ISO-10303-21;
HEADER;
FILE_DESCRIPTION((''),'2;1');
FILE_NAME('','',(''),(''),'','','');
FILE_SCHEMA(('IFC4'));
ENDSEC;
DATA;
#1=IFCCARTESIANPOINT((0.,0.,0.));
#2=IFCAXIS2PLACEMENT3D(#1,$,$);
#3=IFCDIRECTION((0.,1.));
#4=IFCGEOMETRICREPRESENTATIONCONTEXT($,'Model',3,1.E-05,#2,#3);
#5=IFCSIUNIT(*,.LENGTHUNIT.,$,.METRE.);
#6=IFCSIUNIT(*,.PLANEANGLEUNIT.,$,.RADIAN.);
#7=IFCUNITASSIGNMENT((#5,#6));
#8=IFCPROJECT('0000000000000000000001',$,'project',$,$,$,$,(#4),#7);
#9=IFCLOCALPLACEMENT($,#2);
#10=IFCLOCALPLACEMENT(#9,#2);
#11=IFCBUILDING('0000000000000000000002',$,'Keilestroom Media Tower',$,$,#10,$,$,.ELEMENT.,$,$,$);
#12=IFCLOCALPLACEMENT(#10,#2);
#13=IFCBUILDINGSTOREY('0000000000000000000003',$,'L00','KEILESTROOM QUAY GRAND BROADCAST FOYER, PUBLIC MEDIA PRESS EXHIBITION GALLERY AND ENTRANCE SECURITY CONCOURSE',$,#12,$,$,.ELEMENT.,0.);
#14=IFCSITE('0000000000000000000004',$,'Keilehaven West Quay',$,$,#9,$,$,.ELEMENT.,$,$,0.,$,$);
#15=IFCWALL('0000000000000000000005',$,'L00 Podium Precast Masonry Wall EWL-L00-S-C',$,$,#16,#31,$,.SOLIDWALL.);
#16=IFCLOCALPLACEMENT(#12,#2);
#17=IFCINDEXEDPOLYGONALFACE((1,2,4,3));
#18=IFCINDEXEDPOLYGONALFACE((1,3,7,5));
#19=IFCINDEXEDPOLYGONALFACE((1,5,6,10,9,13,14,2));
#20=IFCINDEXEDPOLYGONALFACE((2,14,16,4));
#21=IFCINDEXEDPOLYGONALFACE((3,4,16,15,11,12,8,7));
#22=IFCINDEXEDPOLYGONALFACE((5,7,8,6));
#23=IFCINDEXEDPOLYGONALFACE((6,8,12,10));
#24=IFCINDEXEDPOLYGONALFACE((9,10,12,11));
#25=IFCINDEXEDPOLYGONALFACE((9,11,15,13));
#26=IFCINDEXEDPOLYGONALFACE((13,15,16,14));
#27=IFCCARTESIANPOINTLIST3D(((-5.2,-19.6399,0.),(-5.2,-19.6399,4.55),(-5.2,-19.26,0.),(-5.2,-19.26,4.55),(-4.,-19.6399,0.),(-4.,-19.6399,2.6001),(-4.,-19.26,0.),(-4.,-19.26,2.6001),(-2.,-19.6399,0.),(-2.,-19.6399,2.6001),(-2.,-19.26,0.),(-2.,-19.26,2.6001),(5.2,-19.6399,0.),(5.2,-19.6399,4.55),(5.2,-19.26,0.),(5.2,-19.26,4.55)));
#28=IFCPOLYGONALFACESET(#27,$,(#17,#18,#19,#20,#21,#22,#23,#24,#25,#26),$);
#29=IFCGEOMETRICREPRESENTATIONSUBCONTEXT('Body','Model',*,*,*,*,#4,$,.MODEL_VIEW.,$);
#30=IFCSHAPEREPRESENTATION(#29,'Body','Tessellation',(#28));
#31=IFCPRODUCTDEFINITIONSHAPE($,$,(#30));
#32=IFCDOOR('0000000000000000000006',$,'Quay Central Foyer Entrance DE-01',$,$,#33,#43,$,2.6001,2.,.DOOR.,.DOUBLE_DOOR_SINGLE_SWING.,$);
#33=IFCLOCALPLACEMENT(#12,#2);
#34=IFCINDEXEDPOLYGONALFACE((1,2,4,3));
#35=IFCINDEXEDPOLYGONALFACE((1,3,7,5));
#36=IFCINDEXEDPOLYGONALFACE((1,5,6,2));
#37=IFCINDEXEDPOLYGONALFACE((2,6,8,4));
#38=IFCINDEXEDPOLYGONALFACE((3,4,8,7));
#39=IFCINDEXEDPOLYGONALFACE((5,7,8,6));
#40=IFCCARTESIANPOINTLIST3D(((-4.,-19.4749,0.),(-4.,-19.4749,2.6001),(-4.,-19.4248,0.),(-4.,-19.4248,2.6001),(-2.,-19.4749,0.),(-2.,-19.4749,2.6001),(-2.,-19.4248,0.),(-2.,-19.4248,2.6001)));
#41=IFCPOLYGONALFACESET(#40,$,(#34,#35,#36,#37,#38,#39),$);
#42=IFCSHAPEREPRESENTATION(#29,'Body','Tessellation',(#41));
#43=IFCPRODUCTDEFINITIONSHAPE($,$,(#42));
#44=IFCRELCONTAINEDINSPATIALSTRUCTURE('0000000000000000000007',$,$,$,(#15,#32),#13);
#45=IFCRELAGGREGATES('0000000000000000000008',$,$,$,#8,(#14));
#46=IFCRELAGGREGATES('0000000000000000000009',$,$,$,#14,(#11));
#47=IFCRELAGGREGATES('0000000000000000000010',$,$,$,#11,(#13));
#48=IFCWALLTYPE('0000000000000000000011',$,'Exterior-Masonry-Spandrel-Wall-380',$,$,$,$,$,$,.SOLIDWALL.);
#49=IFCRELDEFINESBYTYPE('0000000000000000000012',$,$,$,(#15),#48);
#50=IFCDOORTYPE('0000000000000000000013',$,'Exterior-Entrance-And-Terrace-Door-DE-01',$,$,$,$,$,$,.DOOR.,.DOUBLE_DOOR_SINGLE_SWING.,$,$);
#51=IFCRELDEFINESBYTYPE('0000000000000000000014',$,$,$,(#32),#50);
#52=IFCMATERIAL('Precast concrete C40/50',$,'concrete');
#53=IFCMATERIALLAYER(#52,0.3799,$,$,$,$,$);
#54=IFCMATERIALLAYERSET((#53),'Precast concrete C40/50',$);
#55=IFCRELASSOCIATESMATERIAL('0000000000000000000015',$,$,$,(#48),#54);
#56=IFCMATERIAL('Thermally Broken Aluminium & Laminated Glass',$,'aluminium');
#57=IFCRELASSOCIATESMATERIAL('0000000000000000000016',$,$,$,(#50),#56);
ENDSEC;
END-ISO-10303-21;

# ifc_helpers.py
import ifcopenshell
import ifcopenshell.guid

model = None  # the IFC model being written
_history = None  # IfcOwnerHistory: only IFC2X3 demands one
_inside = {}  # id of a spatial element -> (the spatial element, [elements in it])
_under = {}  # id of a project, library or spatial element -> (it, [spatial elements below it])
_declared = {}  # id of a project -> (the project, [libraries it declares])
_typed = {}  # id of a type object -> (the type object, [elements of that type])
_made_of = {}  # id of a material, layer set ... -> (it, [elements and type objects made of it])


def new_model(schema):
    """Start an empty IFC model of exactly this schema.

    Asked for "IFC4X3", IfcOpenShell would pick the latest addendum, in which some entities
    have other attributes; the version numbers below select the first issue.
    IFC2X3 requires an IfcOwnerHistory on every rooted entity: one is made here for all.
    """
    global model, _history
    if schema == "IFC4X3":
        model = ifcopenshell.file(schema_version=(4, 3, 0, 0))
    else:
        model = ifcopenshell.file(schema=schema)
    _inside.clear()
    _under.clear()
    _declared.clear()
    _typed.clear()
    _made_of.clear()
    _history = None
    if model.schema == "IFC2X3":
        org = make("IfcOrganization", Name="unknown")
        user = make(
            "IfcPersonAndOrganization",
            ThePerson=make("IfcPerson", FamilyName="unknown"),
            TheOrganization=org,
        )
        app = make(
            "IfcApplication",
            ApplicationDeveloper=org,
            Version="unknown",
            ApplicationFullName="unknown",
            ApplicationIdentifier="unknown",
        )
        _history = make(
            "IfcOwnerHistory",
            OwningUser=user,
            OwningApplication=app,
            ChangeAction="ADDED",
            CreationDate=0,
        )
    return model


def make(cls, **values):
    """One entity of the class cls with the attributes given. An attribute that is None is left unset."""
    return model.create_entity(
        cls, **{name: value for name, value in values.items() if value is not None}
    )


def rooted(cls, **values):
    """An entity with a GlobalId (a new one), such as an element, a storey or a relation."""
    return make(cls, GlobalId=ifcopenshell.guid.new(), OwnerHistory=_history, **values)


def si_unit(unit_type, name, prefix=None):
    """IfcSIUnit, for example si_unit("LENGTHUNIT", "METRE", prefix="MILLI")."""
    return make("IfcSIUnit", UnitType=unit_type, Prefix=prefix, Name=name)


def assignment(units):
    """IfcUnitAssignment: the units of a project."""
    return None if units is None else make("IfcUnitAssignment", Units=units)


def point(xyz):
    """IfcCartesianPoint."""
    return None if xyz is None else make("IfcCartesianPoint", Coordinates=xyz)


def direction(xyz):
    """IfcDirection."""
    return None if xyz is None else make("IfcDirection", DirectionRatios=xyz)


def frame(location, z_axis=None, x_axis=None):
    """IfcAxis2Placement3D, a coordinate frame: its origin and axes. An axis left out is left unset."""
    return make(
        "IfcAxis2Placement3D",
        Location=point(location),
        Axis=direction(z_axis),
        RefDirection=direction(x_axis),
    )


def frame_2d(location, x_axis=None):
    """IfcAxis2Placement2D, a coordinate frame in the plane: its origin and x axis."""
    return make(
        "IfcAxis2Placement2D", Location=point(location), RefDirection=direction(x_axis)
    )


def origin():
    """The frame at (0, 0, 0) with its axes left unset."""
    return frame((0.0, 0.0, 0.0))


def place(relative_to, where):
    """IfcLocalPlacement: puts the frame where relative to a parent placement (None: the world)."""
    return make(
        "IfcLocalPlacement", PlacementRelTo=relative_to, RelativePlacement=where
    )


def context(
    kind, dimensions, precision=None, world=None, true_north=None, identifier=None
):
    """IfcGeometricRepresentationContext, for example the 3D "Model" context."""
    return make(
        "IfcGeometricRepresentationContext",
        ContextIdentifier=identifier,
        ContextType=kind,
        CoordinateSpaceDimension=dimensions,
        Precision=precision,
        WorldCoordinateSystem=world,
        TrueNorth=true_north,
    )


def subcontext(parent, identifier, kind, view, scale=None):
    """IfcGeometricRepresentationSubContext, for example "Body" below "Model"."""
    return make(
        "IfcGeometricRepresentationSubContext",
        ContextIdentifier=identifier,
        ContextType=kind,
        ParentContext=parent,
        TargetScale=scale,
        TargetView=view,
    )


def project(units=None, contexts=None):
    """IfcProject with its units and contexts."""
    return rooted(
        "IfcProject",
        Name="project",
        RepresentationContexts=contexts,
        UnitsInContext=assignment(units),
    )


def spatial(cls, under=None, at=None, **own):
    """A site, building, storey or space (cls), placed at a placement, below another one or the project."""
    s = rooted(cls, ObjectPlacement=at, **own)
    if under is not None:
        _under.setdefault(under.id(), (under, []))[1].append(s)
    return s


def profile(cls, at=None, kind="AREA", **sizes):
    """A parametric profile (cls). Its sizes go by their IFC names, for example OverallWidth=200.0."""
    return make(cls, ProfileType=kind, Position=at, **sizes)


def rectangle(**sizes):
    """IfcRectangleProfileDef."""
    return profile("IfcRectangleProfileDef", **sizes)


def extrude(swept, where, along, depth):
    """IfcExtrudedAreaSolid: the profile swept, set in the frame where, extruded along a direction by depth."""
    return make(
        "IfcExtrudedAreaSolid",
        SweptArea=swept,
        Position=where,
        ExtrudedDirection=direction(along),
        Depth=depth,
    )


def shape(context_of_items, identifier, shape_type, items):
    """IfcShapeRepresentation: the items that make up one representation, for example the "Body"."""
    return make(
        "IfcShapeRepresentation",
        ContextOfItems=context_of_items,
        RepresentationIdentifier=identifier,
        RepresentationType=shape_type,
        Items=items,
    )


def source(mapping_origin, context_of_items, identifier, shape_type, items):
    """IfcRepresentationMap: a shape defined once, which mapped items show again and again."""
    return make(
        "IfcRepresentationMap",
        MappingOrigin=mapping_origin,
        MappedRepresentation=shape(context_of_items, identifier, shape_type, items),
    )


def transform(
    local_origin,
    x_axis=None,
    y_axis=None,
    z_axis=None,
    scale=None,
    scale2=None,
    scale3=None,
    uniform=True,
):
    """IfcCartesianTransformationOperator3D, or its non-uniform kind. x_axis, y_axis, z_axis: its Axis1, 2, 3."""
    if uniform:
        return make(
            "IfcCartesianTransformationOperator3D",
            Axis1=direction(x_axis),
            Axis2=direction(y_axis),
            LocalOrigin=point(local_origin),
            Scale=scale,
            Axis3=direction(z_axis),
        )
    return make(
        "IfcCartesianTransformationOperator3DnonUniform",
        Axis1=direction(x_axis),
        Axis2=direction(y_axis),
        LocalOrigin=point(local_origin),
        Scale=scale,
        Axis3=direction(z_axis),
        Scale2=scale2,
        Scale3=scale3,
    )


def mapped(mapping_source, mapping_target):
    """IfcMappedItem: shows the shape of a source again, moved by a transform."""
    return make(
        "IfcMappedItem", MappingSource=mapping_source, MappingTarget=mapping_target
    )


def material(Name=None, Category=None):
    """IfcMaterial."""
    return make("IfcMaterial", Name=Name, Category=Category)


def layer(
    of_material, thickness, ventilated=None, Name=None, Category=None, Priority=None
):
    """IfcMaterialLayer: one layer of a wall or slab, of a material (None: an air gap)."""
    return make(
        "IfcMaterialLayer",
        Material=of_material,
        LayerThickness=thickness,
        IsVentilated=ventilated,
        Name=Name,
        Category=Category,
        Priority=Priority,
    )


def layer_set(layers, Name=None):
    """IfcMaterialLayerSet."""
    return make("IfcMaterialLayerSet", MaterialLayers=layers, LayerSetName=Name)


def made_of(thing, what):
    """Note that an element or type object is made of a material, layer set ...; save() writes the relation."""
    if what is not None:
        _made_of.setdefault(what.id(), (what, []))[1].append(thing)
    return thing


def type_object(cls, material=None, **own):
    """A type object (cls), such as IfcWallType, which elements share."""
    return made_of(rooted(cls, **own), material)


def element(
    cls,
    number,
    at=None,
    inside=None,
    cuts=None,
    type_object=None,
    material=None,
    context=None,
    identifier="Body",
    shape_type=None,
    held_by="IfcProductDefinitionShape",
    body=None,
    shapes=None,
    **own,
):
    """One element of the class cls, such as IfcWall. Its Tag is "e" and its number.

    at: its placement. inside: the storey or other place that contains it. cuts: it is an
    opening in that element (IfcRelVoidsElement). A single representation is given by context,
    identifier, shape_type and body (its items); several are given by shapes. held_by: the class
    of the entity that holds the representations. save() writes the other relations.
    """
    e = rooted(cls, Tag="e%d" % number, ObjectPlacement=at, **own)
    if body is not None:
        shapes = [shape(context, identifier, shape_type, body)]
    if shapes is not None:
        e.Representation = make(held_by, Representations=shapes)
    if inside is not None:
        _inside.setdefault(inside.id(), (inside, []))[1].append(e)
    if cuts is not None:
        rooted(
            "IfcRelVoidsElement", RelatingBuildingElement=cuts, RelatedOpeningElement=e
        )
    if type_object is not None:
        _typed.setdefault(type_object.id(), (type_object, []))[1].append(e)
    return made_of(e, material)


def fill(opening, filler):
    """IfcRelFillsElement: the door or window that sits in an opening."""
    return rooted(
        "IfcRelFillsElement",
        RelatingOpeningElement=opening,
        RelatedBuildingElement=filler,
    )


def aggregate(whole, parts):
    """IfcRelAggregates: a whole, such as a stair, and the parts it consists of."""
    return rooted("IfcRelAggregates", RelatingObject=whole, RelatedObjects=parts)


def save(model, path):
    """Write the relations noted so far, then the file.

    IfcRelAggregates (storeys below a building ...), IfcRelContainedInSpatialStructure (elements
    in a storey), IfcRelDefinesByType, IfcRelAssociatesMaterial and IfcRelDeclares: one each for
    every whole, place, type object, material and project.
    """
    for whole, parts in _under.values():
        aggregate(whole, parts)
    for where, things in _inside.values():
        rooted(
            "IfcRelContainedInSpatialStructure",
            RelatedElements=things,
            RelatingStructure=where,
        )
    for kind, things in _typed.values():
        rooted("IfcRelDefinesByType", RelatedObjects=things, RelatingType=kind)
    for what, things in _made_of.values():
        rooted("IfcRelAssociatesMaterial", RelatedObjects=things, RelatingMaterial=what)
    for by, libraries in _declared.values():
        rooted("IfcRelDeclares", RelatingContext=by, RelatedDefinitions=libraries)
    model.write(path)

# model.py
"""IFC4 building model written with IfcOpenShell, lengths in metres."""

from ifc_helpers import new_model, si_unit, direction, frame, frame_2d, origin, place, context, subcontext, project, spatial, rectangle, extrude, source, transform, mapped, material, layer, layer_set, type_object, element, fill, save


model = new_model("IFC4")

# Units and contexts
model_context = context("Model", 3, precision=1e-05, world=origin(), true_north=direction((0.0, 1.0)))
body_context = subcontext(model_context, "Body", "Model", "MODEL_VIEW")
ifc_project = project(units=[si_unit("LENGTHUNIT", "METRE"), si_unit("PLANEANGLEUNIT", "RADIAN")], contexts=[model_context])

# Site, building, storey
site_placement = place(None, origin())
site = spatial("IfcSite", under=ifc_project, at=site_placement, Name="Keilehaven West Quay", CompositionType="ELEMENT", RefElevation=0.0)
building_placement = place(site_placement, origin())
building = spatial("IfcBuilding", under=site, at=building_placement, Name="Keilestroom Media Tower", CompositionType="ELEMENT")
storey_placement = place(building_placement, origin())
storey = spatial("IfcBuildingStorey", under=building, at=storey_placement, Name="L00", Description="KEILESTROOM QUAY GRAND BROADCAST FOYER, PUBLIC MEDIA PRESS EXHIBITION GALLERY AND ENTRANCE SECURITY CONCOURSE", CompositionType="ELEMENT", Elevation=0.0)

# Shared definitions
ifc_material_1 = material(Name="Precast concrete C40/50", Category="concrete")

# Wall, opening, door
ifc_layer_1 = layer(ifc_material_1, 0.3799)
ifc_layer_set_1 = layer_set([ifc_layer_1], Name="Precast concrete C40/50")
wall_type = type_object("IfcWallType", Name="Exterior-Masonry-Spandrel-Wall-380", PredefinedType="SOLIDWALL", material=ifc_layer_set_1)
wall_placement = place(storey_placement, frame((-5.2, -19.45, 0.0), z_axis=(0.0, 0.0, 1.0), x_axis=(1.0, 0.0, 0.0)))
wall = element("IfcWall", 1, at=wall_placement, inside=storey, type_object=wall_type, Name="L00 Podium Precast Masonry Wall EWL-L00-S-C", PredefinedType="SOLIDWALL", context=body_context, shape_type="SweptSolid", body=[
    extrude(rectangle(XDim=10.3999, YDim=0.3799, at=frame_2d((5.2, 0.0))), origin(), (0.0, 0.0, 1.0), 4.55),
])
opening_placement = place(wall_placement, frame((1.2, 0.0, 0.0)))
opening = element("IfcOpeningElement", 2, at=opening_placement, cuts=wall, PredefinedType="OPENING", context=body_context, shape_type="SweptSolid", body=[
    extrude(rectangle(XDim=2.0, YDim=2.6001, at=frame_2d((1.0, 1.3))), frame((0.0, 0.2, 0.0), z_axis=(0.0, -1.0, 0.0), x_axis=(1.0, 0.0, 0.0)), (0.0, 0.0, 1.0), 0.3999),
])
ifc_material_2 = material(Name="Thermally Broken Aluminium & Laminated Glass", Category="aluminium")
door_type = type_object("IfcDoorType", Name="Exterior-Entrance-And-Terrace-Door-DE-01", OperationType="DOUBLE_DOOR_SINGLE_SWING", PredefinedType="DOOR", material=ifc_material_2)
shared_shape_1 = source(origin(), body_context, "Body", "SweptSolid", [
    extrude(rectangle(XDim=2.0, YDim=2.6001, at=frame_2d((1.0, 1.3))), frame((0.0, 0.0249, 0.0), z_axis=(0.0, -1.0, 0.0), x_axis=(1.0, 0.0, 0.0)), (0.0, 0.0, 1.0), 0.05),
])
door_placement = place(opening_placement, frame((2.0, 0.0, 0.0), z_axis=(0.0, 0.0, 1.0), x_axis=(-1.0, 0.0, 0.0)))
door = element("IfcDoor", 3, at=door_placement, inside=storey, type_object=door_type, Name="Quay Central Foyer Entrance DE-01", OperationType="DOUBLE_DOOR_SINGLE_SWING", OverallHeight=2.6001, OverallWidth=2.0, PredefinedType="DOOR", context=body_context, shape_type="MappedRepresentation", body=[
    mapped(shared_shape_1, transform((0.0, 0.0, 0.0), x_axis=(1.0, 0.0, 0.0), y_axis=(0.0, 1.0, 0.0), z_axis=(0.0, 0.0, 1.0), scale=1.0)),
])
fill(opening, door)

save(model, "model.ifc")
